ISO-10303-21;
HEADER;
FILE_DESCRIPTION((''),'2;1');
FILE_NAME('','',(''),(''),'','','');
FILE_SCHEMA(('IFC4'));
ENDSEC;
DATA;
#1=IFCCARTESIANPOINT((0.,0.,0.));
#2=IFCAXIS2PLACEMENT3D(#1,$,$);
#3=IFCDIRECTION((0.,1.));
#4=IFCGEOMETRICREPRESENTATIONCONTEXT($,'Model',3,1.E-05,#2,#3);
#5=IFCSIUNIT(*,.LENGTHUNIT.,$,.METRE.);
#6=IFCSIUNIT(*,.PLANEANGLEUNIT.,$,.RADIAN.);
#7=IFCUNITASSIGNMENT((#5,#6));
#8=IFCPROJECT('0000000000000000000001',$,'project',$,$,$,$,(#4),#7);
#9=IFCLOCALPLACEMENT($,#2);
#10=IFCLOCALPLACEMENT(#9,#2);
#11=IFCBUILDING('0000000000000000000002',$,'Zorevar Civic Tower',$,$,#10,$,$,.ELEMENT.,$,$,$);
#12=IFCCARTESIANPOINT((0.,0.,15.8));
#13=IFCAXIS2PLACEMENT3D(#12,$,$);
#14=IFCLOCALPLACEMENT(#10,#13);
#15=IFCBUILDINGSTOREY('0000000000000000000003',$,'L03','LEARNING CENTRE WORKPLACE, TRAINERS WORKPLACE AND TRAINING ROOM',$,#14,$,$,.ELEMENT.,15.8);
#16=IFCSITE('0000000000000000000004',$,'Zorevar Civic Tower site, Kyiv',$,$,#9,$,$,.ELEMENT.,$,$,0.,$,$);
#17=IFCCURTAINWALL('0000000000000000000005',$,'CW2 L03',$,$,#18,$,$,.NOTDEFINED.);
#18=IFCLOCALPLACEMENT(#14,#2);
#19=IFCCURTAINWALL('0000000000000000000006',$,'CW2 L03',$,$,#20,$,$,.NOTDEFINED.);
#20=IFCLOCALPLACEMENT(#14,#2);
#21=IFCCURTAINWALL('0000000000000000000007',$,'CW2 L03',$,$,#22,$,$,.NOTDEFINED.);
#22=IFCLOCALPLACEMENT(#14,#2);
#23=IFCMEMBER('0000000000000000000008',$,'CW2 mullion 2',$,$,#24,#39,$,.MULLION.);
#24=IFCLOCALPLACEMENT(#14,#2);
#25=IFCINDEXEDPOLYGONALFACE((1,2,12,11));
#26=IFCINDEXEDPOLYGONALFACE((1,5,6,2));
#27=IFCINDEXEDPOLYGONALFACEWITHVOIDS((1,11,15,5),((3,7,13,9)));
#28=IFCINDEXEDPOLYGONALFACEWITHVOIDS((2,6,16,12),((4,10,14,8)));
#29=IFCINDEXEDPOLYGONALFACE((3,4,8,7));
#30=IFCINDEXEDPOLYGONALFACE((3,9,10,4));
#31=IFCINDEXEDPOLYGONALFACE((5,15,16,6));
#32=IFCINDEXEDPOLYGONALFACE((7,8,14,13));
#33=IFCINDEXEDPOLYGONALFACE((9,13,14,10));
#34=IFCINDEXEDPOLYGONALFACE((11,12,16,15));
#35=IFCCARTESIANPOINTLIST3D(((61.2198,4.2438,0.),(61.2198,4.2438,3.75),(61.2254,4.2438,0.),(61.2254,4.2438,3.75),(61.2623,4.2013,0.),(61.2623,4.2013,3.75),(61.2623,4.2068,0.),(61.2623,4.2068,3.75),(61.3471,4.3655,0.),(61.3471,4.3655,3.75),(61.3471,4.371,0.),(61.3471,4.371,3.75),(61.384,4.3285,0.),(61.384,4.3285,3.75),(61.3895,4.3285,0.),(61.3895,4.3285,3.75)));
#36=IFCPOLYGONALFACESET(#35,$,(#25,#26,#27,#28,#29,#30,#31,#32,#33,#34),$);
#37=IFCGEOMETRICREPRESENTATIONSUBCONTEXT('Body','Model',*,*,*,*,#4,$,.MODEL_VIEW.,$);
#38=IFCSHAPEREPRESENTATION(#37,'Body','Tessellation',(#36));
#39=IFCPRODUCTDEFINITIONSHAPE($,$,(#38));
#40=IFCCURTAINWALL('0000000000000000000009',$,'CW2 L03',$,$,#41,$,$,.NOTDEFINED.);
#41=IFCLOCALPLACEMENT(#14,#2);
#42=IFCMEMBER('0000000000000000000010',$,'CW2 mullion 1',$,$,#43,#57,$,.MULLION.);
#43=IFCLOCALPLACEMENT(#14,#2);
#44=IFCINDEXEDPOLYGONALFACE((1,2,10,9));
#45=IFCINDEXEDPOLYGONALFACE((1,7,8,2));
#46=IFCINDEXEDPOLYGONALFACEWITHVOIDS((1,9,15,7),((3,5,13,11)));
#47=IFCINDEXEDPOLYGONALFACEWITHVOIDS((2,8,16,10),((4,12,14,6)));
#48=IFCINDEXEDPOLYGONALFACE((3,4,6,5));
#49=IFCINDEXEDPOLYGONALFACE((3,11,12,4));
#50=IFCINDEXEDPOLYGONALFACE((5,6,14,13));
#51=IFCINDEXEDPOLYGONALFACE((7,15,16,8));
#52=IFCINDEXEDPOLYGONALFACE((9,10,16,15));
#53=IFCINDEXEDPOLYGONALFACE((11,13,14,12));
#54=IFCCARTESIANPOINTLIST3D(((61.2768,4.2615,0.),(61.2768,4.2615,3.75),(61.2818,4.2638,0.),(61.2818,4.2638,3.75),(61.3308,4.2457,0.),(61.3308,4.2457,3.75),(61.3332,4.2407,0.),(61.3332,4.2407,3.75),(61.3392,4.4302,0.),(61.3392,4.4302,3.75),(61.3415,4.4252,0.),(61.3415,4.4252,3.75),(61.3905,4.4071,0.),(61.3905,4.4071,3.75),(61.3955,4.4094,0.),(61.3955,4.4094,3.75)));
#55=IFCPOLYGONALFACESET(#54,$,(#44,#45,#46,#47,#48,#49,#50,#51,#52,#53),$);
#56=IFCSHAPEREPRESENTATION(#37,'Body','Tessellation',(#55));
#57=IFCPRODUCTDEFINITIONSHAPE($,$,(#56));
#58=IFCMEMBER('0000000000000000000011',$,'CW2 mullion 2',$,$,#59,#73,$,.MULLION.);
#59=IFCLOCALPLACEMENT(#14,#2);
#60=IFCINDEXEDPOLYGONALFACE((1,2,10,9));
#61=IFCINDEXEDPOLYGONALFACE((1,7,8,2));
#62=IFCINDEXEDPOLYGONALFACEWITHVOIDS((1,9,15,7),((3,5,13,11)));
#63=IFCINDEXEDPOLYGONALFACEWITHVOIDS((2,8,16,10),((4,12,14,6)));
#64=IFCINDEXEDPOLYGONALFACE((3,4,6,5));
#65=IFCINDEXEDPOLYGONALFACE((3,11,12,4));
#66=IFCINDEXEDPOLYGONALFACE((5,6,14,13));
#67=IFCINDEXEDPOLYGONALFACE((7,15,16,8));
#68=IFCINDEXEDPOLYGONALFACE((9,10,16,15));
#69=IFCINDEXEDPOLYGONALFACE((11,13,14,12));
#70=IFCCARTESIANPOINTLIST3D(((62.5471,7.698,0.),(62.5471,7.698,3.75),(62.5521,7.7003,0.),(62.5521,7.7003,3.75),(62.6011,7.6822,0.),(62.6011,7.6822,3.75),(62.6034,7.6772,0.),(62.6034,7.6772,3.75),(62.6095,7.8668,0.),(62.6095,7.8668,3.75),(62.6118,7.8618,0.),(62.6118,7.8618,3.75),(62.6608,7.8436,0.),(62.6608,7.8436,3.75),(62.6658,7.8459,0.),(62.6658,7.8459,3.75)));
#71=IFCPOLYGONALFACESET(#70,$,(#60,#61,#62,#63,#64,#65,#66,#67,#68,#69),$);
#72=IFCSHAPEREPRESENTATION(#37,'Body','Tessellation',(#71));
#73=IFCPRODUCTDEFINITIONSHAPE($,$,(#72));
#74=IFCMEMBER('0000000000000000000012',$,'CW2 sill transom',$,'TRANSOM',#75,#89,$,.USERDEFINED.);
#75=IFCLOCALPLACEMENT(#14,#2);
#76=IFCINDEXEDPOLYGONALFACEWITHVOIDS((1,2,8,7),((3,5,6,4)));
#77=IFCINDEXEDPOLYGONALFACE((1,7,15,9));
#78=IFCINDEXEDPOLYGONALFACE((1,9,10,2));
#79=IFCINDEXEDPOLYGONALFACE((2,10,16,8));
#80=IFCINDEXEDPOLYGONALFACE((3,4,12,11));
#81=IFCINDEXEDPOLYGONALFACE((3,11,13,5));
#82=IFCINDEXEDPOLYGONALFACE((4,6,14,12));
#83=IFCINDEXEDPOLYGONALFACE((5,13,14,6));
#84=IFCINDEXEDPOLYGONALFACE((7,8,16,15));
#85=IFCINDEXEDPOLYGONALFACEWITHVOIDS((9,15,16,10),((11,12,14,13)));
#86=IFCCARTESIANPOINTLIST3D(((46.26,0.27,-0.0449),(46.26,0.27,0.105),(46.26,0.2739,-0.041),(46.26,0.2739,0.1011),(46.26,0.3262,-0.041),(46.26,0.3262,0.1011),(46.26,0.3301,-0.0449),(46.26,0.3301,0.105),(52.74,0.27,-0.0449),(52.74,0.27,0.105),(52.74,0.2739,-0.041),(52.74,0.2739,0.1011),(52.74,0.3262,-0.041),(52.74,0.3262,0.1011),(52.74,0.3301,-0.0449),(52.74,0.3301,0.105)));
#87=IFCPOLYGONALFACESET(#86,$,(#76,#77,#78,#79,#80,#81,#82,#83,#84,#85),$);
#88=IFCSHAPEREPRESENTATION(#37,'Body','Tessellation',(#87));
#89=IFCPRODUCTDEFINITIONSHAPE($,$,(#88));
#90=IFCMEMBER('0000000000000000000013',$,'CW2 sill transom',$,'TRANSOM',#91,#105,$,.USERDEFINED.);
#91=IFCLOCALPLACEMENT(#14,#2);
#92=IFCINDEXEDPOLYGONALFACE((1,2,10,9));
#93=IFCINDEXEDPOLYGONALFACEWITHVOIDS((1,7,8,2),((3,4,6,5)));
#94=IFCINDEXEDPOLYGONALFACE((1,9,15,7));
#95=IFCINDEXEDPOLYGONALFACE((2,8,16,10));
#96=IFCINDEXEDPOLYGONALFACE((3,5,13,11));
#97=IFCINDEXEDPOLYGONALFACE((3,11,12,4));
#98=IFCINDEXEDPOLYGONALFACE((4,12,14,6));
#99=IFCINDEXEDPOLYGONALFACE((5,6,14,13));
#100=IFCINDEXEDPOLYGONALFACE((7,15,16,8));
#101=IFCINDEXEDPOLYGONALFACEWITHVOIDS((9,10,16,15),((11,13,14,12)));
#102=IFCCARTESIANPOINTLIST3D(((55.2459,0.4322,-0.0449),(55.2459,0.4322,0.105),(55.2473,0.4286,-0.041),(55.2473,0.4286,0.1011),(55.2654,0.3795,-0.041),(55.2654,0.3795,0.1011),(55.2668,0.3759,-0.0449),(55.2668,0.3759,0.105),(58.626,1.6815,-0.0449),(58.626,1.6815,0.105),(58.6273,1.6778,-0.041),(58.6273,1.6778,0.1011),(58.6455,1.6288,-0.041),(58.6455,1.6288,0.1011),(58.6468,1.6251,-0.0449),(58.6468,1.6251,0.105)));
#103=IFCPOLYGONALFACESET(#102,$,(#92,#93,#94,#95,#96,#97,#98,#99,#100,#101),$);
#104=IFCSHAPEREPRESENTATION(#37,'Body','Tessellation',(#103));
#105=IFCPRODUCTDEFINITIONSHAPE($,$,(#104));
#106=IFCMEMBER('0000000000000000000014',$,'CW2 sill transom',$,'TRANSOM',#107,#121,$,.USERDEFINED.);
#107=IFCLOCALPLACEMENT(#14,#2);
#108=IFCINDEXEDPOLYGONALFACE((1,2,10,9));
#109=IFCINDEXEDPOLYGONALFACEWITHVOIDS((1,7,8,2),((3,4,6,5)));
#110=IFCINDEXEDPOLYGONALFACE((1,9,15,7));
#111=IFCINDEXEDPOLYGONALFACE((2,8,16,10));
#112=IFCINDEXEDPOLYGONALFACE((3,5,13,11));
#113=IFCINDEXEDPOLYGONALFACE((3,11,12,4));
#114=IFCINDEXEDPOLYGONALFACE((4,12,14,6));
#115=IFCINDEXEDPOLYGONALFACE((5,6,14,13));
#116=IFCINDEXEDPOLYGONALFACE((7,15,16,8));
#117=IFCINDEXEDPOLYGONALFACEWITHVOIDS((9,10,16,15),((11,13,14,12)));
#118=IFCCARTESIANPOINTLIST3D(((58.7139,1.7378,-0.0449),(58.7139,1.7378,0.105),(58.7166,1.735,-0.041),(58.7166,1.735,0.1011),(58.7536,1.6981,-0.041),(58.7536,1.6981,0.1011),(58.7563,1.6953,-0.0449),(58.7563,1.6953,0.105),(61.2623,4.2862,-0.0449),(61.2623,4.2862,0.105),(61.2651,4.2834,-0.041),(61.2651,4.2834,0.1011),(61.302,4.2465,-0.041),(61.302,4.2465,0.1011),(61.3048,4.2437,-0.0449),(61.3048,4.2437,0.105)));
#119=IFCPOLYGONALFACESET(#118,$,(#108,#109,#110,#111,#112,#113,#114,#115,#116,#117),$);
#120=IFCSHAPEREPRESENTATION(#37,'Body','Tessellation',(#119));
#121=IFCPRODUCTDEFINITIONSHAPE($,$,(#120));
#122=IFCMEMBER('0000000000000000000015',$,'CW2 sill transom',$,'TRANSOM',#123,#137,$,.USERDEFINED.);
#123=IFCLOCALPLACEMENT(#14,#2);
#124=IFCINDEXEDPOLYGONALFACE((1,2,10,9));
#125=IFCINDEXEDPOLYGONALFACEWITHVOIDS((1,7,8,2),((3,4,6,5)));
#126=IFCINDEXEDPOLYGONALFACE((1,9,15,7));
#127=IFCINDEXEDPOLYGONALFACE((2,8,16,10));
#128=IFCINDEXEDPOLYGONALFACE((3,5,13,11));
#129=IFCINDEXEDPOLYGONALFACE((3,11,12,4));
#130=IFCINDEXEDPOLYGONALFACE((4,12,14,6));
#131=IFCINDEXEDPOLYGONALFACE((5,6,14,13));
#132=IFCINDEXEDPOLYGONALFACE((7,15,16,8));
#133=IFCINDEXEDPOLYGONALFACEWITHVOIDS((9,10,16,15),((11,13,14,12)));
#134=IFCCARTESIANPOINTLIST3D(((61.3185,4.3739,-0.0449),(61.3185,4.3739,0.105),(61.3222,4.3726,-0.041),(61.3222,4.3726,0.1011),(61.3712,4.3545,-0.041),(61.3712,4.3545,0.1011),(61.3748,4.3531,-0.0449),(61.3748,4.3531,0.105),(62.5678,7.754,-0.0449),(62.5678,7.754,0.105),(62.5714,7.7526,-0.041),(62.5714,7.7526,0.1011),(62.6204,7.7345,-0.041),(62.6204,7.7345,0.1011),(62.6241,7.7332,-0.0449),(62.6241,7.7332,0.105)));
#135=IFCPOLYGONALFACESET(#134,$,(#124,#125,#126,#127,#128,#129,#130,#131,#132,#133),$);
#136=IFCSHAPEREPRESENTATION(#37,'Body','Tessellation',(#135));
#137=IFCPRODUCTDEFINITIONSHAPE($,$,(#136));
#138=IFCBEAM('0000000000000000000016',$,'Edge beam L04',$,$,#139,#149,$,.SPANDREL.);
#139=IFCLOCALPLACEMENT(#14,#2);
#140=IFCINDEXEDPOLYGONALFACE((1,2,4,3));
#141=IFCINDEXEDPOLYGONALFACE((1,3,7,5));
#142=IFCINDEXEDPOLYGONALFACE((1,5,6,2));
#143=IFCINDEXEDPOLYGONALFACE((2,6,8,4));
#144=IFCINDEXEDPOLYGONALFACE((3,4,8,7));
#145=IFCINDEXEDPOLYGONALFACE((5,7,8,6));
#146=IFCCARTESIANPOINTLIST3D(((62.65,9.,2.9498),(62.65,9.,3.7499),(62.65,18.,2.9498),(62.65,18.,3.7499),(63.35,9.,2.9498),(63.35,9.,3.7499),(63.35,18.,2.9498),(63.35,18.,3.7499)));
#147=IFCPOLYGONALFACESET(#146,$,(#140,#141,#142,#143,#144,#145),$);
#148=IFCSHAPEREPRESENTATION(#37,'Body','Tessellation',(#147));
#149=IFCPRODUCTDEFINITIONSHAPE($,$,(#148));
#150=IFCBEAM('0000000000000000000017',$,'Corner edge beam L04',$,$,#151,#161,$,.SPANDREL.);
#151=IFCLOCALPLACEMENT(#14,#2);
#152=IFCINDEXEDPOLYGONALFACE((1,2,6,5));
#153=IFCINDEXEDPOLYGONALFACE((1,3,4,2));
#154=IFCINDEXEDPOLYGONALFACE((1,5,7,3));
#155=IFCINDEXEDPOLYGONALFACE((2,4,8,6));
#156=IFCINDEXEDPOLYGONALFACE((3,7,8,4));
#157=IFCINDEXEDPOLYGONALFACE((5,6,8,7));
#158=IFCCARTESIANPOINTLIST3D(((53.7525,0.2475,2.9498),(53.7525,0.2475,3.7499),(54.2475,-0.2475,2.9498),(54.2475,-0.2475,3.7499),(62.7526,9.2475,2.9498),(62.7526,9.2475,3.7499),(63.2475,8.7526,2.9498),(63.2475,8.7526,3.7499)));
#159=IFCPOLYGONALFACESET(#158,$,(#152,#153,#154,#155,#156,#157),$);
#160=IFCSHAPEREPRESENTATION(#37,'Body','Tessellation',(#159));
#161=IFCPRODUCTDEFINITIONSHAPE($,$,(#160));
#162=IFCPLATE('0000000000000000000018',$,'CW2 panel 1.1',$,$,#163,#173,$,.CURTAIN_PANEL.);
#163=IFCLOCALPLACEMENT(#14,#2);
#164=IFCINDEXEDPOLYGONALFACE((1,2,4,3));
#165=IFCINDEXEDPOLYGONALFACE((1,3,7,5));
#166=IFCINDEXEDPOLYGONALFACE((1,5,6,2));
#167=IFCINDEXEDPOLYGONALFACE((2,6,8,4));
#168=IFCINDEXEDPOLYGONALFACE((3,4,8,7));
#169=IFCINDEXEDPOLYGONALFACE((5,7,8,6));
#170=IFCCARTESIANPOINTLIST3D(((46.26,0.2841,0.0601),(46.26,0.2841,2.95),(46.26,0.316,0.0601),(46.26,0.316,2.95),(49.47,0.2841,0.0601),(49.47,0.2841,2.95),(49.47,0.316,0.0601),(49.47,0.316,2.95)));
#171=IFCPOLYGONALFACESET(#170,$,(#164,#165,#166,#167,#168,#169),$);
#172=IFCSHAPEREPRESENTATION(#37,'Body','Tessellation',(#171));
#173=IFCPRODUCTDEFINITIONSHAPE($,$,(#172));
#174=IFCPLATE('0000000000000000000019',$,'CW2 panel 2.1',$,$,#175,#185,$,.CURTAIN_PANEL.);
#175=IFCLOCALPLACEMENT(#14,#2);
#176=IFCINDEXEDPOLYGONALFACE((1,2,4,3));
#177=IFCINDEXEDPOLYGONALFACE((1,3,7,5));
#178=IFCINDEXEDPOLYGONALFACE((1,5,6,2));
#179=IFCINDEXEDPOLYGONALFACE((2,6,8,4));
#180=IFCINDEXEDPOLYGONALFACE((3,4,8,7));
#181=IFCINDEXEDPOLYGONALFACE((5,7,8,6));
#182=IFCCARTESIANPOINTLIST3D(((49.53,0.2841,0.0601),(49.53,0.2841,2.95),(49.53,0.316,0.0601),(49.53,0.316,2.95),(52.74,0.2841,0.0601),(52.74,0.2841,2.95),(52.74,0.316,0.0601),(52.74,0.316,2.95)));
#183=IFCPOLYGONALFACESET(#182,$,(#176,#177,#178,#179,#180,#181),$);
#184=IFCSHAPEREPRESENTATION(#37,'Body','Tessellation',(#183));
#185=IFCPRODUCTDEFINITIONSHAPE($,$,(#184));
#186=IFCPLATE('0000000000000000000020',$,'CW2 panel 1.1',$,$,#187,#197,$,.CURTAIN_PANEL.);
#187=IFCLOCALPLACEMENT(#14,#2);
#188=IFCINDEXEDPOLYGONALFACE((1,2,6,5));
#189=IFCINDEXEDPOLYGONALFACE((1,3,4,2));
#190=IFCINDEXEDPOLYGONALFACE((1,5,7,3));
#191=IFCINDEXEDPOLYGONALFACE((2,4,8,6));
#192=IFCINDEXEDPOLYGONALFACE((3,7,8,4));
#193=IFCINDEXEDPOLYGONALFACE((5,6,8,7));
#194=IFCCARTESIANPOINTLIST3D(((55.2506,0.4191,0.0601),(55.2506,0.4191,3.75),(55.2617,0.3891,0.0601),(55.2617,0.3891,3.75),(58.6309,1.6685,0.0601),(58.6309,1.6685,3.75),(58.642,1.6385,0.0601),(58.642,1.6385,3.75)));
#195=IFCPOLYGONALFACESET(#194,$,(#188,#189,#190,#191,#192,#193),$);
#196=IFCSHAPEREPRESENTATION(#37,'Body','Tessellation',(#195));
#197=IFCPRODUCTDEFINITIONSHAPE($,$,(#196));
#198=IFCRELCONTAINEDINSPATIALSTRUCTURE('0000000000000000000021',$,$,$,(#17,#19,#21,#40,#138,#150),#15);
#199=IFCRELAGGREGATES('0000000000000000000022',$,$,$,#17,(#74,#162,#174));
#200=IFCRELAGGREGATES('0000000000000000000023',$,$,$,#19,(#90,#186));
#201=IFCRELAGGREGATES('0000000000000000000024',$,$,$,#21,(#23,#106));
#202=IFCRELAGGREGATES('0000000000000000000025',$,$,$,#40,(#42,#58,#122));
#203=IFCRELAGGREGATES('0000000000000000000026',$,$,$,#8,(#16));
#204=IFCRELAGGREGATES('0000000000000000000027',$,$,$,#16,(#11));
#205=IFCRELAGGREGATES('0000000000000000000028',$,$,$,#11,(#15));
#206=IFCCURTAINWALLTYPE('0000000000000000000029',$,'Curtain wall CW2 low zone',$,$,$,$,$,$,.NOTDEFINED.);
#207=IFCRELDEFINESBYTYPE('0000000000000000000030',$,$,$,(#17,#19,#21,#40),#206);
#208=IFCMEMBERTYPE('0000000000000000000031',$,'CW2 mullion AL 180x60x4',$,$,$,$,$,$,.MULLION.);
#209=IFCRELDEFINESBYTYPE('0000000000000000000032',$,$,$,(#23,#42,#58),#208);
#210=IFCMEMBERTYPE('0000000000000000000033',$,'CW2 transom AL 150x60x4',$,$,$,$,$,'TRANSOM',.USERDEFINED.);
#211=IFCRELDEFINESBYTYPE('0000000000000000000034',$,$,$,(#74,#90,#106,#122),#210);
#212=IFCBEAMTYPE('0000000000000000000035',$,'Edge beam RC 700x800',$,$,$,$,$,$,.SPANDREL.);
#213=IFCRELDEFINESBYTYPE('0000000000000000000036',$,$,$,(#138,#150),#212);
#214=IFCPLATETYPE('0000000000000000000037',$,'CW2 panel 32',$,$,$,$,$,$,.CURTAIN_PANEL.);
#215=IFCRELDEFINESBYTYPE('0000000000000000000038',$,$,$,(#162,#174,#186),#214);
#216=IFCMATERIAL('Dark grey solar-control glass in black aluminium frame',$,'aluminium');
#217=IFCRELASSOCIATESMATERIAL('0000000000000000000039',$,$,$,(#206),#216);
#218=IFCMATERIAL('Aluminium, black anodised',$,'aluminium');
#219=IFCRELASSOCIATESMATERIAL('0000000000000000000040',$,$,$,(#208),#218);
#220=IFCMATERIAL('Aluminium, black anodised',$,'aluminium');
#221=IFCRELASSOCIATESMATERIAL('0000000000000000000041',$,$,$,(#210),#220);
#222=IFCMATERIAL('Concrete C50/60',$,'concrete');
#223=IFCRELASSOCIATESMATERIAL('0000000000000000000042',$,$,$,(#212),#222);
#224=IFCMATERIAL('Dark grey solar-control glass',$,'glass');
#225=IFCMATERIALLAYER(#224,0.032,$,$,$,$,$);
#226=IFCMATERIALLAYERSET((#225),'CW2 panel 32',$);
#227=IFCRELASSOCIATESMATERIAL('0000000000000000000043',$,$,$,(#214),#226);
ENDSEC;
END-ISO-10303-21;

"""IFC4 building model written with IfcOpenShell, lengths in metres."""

from ifc_helpers import new_model, si_unit, direction, frame, origin, origin_2d, place, context, subcontext, project, spatial, rectangle, hollow_rectangle, extrude, material, layer, layer_set, material_profile, profile_set, type_object, element, aggregate, save


model = new_model("IFC4")

# Units and contexts
model_context = context("Model", 3, precision=1e-05, world=origin(), true_north=direction((0.0, 1.0)))
body_context = subcontext(model_context, "Body", "Model", "MODEL_VIEW")
ifc_project = project(units=[si_unit("LENGTHUNIT", "METRE"), si_unit("PLANEANGLEUNIT", "RADIAN")], contexts=[model_context])

# Site, building, storey
site_placement = place(None, origin())
site = spatial("IfcSite", under=ifc_project, at=site_placement, Name="Zorevar Civic Tower site, Kyiv", CompositionType="ELEMENT", RefElevation=0.0)
building_placement = place(site_placement, origin())
building = spatial("IfcBuilding", under=site, at=building_placement, Name="Zorevar Civic Tower", CompositionType="ELEMENT")
storey_placement = place(building_placement, frame((0.0, 0.0, 15.8)))
storey = spatial("IfcBuildingStorey", under=building, at=storey_placement, Name="L03", Description="LEARNING CENTRE WORKPLACE, TRAINERS WORKPLACE AND TRAINING ROOM", CompositionType="ELEMENT", Elevation=15.8)

# Curtain wall
ifc_material_1 = material(Name="Dark grey solar-control glass in black aluminium frame", Category="aluminium")
curtain_wall_type = type_object("IfcCurtainWallType", Name="Curtain wall CW2 low zone", PredefinedType="NOTDEFINED", material=ifc_material_1)
curtain_wall_1_placement = place(storey_placement, origin())
curtain_wall_1 = element("IfcCurtainWall", 1, at=curtain_wall_1_placement, inside=storey, type_object=curtain_wall_type, Name="CW2 L03", PredefinedType="NOTDEFINED")
ifc_material_2 = material(Name="Aluminium, black anodised", Category="aluminium")
ifc_material_profile_1 = material_profile(ifc_material_2, hollow_rectangle(XDim=0.0601, YDim=0.1799, WallThickness=0.0039, at=origin_2d()), Name="AL 180x60x4")
ifc_profile_set_1 = profile_set([ifc_material_profile_1], Name="Aluminium, black anodised")
member_type_1 = type_object("IfcMemberType", Name="CW2 mullion AL 180x60x4", PredefinedType="MULLION", material=ifc_profile_set_1)

# Curtain walls, members
curtain_wall_2_placement = place(storey_placement, origin())
curtain_wall_2 = element("IfcCurtainWall", 2, at=curtain_wall_2_placement, inside=storey, type_object=curtain_wall_type, Name="CW2 L03", PredefinedType="NOTDEFINED")
curtain_wall_3_placement = place(storey_placement, origin())
curtain_wall_3 = element("IfcCurtainWall", 3, at=curtain_wall_3_placement, inside=storey, type_object=curtain_wall_type, Name="CW2 L03", PredefinedType="NOTDEFINED")
member_1_placement = place(storey_placement, frame((61.3047, 4.2861, 0.0), z_axis=(0.0, 0.0, 1.0), x_axis=(-0.707107, 0.707107, 0.0)))
member_1 = element("IfcMember", 4, at=member_1_placement, type_object=member_type_1, Name="CW2 mullion 2", PredefinedType="MULLION", context=body_context, shape_type="SweptSolid", body=[
    extrude(hollow_rectangle(XDim=0.0601, YDim=0.1799, WallThickness=0.0039, at=origin_2d()), origin(), (0.0, 0.0, 1.0), 3.75),
])
curtain_wall_4_placement = place(storey_placement, origin())
curtain_wall_4 = element("IfcCurtainWall", 5, at=curtain_wall_4_placement, inside=storey, type_object=curtain_wall_type, Name="CW2 L03", PredefinedType="NOTDEFINED")
member_2_placement = place(storey_placement, frame((61.3362, 4.3354, 0.0), z_axis=(0.0, 0.0, 1.0), x_axis=(-0.937975, 0.346704, 0.0)))
member_2 = element("IfcMember", 6, at=member_2_placement, type_object=member_type_1, Name="CW2 mullion 1", PredefinedType="MULLION", context=body_context, shape_type="SweptSolid", body=[
    extrude(hollow_rectangle(XDim=0.0601, YDim=0.1799, WallThickness=0.0039, at=origin_2d()), origin(), (0.0, 0.0, 1.0), 3.75),
])
member_3_placement = place(storey_placement, frame((62.6064, 7.772, 0.0), z_axis=(0.0, 0.0, 1.0), x_axis=(-0.937975, 0.346704, 0.0)))
member_3 = element("IfcMember", 7, at=member_3_placement, type_object=member_type_1, Name="CW2 mullion 2", PredefinedType="MULLION", context=body_context, shape_type="SweptSolid", body=[
    extrude(hollow_rectangle(XDim=0.0601, YDim=0.1799, WallThickness=0.0039, at=origin_2d()), origin(), (0.0, 0.0, 1.0), 3.75),
])

# Members
ifc_material_3 = material(Name="Aluminium, black anodised", Category="aluminium")
ifc_material_profile_2 = material_profile(ifc_material_3, hollow_rectangle(XDim=0.0601, YDim=0.1499, WallThickness=0.0039, at=origin_2d()), Name="AL 150x60x4")
ifc_profile_set_2 = profile_set([ifc_material_profile_2], Name="Aluminium, black anodised")
member_type_2 = type_object("IfcMemberType", Name="CW2 transom AL 150x60x4", ElementType="TRANSOM", PredefinedType="USERDEFINED", material=ifc_profile_set_2)
member_4_placement = place(storey_placement, frame((46.26, 0.3, 0.03), z_axis=(1.0, 0.0, 0.0), x_axis=(0.0, 1.0, 0.0)))
member_4 = element("IfcMember", 8, at=member_4_placement, type_object=member_type_2, Name="CW2 sill transom", ObjectType="TRANSOM", PredefinedType="USERDEFINED", context=body_context, shape_type="SweptSolid", body=[
    extrude(hollow_rectangle(XDim=0.0601, YDim=0.1499, WallThickness=0.0039, at=origin_2d()), origin(), (0.0, 0.0, 1.0), 6.48),
])
member_5_placement = place(storey_placement, frame((55.2563, 0.4041, 0.03), z_axis=(0.937986, 0.346672, 0.0), x_axis=(-0.346672, 0.937986, 0.0)))
member_5 = element("IfcMember", 9, at=member_5_placement, type_object=member_type_2, Name="CW2 sill transom", ObjectType="TRANSOM", PredefinedType="USERDEFINED", context=body_context, shape_type="SweptSolid", body=[
    extrude(hollow_rectangle(XDim=0.0601, YDim=0.1499, WallThickness=0.0039, at=origin_2d()), origin(), (0.0, 0.0, 1.0), 3.6035),
])
member_6_placement = place(storey_placement, frame((58.7351, 1.7166, 0.03), z_axis=(0.707107, 0.707107, 0.0), x_axis=(-0.707107, 0.707107, 0.0)))
member_6 = element("IfcMember", 10, at=member_6_placement, type_object=member_type_2, Name="CW2 sill transom", ObjectType="TRANSOM", PredefinedType="USERDEFINED", context=body_context, shape_type="SweptSolid", body=[
    extrude(hollow_rectangle(XDim=0.0601, YDim=0.1499, WallThickness=0.0039, at=origin_2d()), origin(), (0.0, 0.0, 1.0), 3.604),
])
member_7_placement = place(storey_placement, frame((61.3467, 4.3635, 0.03), z_axis=(0.346672, 0.937986, 0.0), x_axis=(-0.937986, 0.346672, 0.0)))
member_7 = element("IfcMember", 11, at=member_7_placement, type_object=member_type_2, Name="CW2 sill transom", ObjectType="TRANSOM", PredefinedType="USERDEFINED", context=body_context, shape_type="SweptSolid", body=[
    extrude(hollow_rectangle(XDim=0.0601, YDim=0.1499, WallThickness=0.0039, at=origin_2d()), origin(), (0.0, 0.0, 1.0), 3.6035),
])

# Beams
ifc_material_4 = material(Name="Concrete C50/60", Category="concrete")
ifc_material_profile_3 = material_profile(ifc_material_4, rectangle(XDim=0.7, YDim=0.8, at=origin_2d()), Name="RC 700x800")
ifc_profile_set_3 = profile_set([ifc_material_profile_3], Name="Concrete C50/60")
beam_type_1 = type_object("IfcBeamType", Name="Edge beam RC 700x800", PredefinedType="SPANDREL", material=ifc_profile_set_3)
beam_1_placement = place(storey_placement, frame((63.0, 9.0, 3.3499), z_axis=(0.0, 1.0, 0.0), x_axis=(-1.0, 0.0, 0.0)))
element("IfcBeam", 12, at=beam_1_placement, inside=storey, type_object=beam_type_1, Name="Edge beam L04", PredefinedType="SPANDREL", context=body_context, shape_type="SweptSolid", body=[
    extrude(rectangle(XDim=0.7, YDim=0.8, at=origin_2d()), origin(), (0.0, 0.0, 1.0), 9.0),
])
beam_2_placement = place(storey_placement, frame((54.0, 0.0, 3.3499), z_axis=(0.707107, 0.707107, 0.0), x_axis=(-0.707107, 0.707107, 0.0)))
element("IfcBeam", 13, at=beam_2_placement, inside=storey, type_object=beam_type_1, Name="Corner edge beam L04", PredefinedType="SPANDREL", context=body_context, shape_type="SweptSolid", body=[
    extrude(rectangle(XDim=0.7, YDim=0.8, at=origin_2d()), origin(), (0.0, 0.0, 1.0), 12.728),
])

# Plates
ifc_material_5 = material(Name="Dark grey solar-control glass", Category="glass")
ifc_layer_1 = layer(ifc_material_5, 0.032)
ifc_layer_set_1 = layer_set([ifc_layer_1], Name="CW2 panel 32")
plate_type = type_object("IfcPlateType", Name="CW2 panel 32", PredefinedType="CURTAIN_PANEL", material=ifc_layer_set_1)
plate_1_placement = place(storey_placement, frame((47.865, 0.3, 0.0601), z_axis=(0.0, 0.0, 1.0), x_axis=(1.0, 0.0, 0.0)))
plate_1 = element("IfcPlate", 14, at=plate_1_placement, type_object=plate_type, Name="CW2 panel 1.1", PredefinedType="CURTAIN_PANEL", context=body_context, shape_type="SweptSolid", body=[
    extrude(rectangle(XDim=3.21, YDim=0.032, at=origin_2d()), origin(), (0.0, 0.0, 1.0), 2.8899),
])
plate_2_placement = place(storey_placement, frame((51.135, 0.3, 0.0601), z_axis=(0.0, 0.0, 1.0), x_axis=(1.0, 0.0, 0.0)))
plate_2 = element("IfcPlate", 15, at=plate_2_placement, type_object=plate_type, Name="CW2 panel 2.1", PredefinedType="CURTAIN_PANEL", context=body_context, shape_type="SweptSolid", body=[
    extrude(rectangle(XDim=3.21, YDim=0.032, at=origin_2d()), origin(), (0.0, 0.0, 1.0), 2.8899),
])
aggregate(curtain_wall_1, [member_4, plate_1, plate_2])
plate_3_placement = place(storey_placement, frame((56.9463, 1.0288, 0.0601), z_axis=(0.0, 0.0, 1.0), x_axis=(0.937975, 0.346704, 0.0)))
plate_3 = element("IfcPlate", 16, at=plate_3_placement, type_object=plate_type, Name="CW2 panel 1.1", PredefinedType="CURTAIN_PANEL", context=body_context, shape_type="SweptSolid", body=[
    extrude(rectangle(XDim=3.6038, YDim=0.032, at=origin_2d()), origin(), (0.0, 0.0, 1.0), 3.6899),
])
aggregate(curtain_wall_2, [member_5, plate_3])
aggregate(curtain_wall_3, [member_1, member_6])
aggregate(curtain_wall_4, [member_2, member_3, member_7])

save(model, "model.ifc")
